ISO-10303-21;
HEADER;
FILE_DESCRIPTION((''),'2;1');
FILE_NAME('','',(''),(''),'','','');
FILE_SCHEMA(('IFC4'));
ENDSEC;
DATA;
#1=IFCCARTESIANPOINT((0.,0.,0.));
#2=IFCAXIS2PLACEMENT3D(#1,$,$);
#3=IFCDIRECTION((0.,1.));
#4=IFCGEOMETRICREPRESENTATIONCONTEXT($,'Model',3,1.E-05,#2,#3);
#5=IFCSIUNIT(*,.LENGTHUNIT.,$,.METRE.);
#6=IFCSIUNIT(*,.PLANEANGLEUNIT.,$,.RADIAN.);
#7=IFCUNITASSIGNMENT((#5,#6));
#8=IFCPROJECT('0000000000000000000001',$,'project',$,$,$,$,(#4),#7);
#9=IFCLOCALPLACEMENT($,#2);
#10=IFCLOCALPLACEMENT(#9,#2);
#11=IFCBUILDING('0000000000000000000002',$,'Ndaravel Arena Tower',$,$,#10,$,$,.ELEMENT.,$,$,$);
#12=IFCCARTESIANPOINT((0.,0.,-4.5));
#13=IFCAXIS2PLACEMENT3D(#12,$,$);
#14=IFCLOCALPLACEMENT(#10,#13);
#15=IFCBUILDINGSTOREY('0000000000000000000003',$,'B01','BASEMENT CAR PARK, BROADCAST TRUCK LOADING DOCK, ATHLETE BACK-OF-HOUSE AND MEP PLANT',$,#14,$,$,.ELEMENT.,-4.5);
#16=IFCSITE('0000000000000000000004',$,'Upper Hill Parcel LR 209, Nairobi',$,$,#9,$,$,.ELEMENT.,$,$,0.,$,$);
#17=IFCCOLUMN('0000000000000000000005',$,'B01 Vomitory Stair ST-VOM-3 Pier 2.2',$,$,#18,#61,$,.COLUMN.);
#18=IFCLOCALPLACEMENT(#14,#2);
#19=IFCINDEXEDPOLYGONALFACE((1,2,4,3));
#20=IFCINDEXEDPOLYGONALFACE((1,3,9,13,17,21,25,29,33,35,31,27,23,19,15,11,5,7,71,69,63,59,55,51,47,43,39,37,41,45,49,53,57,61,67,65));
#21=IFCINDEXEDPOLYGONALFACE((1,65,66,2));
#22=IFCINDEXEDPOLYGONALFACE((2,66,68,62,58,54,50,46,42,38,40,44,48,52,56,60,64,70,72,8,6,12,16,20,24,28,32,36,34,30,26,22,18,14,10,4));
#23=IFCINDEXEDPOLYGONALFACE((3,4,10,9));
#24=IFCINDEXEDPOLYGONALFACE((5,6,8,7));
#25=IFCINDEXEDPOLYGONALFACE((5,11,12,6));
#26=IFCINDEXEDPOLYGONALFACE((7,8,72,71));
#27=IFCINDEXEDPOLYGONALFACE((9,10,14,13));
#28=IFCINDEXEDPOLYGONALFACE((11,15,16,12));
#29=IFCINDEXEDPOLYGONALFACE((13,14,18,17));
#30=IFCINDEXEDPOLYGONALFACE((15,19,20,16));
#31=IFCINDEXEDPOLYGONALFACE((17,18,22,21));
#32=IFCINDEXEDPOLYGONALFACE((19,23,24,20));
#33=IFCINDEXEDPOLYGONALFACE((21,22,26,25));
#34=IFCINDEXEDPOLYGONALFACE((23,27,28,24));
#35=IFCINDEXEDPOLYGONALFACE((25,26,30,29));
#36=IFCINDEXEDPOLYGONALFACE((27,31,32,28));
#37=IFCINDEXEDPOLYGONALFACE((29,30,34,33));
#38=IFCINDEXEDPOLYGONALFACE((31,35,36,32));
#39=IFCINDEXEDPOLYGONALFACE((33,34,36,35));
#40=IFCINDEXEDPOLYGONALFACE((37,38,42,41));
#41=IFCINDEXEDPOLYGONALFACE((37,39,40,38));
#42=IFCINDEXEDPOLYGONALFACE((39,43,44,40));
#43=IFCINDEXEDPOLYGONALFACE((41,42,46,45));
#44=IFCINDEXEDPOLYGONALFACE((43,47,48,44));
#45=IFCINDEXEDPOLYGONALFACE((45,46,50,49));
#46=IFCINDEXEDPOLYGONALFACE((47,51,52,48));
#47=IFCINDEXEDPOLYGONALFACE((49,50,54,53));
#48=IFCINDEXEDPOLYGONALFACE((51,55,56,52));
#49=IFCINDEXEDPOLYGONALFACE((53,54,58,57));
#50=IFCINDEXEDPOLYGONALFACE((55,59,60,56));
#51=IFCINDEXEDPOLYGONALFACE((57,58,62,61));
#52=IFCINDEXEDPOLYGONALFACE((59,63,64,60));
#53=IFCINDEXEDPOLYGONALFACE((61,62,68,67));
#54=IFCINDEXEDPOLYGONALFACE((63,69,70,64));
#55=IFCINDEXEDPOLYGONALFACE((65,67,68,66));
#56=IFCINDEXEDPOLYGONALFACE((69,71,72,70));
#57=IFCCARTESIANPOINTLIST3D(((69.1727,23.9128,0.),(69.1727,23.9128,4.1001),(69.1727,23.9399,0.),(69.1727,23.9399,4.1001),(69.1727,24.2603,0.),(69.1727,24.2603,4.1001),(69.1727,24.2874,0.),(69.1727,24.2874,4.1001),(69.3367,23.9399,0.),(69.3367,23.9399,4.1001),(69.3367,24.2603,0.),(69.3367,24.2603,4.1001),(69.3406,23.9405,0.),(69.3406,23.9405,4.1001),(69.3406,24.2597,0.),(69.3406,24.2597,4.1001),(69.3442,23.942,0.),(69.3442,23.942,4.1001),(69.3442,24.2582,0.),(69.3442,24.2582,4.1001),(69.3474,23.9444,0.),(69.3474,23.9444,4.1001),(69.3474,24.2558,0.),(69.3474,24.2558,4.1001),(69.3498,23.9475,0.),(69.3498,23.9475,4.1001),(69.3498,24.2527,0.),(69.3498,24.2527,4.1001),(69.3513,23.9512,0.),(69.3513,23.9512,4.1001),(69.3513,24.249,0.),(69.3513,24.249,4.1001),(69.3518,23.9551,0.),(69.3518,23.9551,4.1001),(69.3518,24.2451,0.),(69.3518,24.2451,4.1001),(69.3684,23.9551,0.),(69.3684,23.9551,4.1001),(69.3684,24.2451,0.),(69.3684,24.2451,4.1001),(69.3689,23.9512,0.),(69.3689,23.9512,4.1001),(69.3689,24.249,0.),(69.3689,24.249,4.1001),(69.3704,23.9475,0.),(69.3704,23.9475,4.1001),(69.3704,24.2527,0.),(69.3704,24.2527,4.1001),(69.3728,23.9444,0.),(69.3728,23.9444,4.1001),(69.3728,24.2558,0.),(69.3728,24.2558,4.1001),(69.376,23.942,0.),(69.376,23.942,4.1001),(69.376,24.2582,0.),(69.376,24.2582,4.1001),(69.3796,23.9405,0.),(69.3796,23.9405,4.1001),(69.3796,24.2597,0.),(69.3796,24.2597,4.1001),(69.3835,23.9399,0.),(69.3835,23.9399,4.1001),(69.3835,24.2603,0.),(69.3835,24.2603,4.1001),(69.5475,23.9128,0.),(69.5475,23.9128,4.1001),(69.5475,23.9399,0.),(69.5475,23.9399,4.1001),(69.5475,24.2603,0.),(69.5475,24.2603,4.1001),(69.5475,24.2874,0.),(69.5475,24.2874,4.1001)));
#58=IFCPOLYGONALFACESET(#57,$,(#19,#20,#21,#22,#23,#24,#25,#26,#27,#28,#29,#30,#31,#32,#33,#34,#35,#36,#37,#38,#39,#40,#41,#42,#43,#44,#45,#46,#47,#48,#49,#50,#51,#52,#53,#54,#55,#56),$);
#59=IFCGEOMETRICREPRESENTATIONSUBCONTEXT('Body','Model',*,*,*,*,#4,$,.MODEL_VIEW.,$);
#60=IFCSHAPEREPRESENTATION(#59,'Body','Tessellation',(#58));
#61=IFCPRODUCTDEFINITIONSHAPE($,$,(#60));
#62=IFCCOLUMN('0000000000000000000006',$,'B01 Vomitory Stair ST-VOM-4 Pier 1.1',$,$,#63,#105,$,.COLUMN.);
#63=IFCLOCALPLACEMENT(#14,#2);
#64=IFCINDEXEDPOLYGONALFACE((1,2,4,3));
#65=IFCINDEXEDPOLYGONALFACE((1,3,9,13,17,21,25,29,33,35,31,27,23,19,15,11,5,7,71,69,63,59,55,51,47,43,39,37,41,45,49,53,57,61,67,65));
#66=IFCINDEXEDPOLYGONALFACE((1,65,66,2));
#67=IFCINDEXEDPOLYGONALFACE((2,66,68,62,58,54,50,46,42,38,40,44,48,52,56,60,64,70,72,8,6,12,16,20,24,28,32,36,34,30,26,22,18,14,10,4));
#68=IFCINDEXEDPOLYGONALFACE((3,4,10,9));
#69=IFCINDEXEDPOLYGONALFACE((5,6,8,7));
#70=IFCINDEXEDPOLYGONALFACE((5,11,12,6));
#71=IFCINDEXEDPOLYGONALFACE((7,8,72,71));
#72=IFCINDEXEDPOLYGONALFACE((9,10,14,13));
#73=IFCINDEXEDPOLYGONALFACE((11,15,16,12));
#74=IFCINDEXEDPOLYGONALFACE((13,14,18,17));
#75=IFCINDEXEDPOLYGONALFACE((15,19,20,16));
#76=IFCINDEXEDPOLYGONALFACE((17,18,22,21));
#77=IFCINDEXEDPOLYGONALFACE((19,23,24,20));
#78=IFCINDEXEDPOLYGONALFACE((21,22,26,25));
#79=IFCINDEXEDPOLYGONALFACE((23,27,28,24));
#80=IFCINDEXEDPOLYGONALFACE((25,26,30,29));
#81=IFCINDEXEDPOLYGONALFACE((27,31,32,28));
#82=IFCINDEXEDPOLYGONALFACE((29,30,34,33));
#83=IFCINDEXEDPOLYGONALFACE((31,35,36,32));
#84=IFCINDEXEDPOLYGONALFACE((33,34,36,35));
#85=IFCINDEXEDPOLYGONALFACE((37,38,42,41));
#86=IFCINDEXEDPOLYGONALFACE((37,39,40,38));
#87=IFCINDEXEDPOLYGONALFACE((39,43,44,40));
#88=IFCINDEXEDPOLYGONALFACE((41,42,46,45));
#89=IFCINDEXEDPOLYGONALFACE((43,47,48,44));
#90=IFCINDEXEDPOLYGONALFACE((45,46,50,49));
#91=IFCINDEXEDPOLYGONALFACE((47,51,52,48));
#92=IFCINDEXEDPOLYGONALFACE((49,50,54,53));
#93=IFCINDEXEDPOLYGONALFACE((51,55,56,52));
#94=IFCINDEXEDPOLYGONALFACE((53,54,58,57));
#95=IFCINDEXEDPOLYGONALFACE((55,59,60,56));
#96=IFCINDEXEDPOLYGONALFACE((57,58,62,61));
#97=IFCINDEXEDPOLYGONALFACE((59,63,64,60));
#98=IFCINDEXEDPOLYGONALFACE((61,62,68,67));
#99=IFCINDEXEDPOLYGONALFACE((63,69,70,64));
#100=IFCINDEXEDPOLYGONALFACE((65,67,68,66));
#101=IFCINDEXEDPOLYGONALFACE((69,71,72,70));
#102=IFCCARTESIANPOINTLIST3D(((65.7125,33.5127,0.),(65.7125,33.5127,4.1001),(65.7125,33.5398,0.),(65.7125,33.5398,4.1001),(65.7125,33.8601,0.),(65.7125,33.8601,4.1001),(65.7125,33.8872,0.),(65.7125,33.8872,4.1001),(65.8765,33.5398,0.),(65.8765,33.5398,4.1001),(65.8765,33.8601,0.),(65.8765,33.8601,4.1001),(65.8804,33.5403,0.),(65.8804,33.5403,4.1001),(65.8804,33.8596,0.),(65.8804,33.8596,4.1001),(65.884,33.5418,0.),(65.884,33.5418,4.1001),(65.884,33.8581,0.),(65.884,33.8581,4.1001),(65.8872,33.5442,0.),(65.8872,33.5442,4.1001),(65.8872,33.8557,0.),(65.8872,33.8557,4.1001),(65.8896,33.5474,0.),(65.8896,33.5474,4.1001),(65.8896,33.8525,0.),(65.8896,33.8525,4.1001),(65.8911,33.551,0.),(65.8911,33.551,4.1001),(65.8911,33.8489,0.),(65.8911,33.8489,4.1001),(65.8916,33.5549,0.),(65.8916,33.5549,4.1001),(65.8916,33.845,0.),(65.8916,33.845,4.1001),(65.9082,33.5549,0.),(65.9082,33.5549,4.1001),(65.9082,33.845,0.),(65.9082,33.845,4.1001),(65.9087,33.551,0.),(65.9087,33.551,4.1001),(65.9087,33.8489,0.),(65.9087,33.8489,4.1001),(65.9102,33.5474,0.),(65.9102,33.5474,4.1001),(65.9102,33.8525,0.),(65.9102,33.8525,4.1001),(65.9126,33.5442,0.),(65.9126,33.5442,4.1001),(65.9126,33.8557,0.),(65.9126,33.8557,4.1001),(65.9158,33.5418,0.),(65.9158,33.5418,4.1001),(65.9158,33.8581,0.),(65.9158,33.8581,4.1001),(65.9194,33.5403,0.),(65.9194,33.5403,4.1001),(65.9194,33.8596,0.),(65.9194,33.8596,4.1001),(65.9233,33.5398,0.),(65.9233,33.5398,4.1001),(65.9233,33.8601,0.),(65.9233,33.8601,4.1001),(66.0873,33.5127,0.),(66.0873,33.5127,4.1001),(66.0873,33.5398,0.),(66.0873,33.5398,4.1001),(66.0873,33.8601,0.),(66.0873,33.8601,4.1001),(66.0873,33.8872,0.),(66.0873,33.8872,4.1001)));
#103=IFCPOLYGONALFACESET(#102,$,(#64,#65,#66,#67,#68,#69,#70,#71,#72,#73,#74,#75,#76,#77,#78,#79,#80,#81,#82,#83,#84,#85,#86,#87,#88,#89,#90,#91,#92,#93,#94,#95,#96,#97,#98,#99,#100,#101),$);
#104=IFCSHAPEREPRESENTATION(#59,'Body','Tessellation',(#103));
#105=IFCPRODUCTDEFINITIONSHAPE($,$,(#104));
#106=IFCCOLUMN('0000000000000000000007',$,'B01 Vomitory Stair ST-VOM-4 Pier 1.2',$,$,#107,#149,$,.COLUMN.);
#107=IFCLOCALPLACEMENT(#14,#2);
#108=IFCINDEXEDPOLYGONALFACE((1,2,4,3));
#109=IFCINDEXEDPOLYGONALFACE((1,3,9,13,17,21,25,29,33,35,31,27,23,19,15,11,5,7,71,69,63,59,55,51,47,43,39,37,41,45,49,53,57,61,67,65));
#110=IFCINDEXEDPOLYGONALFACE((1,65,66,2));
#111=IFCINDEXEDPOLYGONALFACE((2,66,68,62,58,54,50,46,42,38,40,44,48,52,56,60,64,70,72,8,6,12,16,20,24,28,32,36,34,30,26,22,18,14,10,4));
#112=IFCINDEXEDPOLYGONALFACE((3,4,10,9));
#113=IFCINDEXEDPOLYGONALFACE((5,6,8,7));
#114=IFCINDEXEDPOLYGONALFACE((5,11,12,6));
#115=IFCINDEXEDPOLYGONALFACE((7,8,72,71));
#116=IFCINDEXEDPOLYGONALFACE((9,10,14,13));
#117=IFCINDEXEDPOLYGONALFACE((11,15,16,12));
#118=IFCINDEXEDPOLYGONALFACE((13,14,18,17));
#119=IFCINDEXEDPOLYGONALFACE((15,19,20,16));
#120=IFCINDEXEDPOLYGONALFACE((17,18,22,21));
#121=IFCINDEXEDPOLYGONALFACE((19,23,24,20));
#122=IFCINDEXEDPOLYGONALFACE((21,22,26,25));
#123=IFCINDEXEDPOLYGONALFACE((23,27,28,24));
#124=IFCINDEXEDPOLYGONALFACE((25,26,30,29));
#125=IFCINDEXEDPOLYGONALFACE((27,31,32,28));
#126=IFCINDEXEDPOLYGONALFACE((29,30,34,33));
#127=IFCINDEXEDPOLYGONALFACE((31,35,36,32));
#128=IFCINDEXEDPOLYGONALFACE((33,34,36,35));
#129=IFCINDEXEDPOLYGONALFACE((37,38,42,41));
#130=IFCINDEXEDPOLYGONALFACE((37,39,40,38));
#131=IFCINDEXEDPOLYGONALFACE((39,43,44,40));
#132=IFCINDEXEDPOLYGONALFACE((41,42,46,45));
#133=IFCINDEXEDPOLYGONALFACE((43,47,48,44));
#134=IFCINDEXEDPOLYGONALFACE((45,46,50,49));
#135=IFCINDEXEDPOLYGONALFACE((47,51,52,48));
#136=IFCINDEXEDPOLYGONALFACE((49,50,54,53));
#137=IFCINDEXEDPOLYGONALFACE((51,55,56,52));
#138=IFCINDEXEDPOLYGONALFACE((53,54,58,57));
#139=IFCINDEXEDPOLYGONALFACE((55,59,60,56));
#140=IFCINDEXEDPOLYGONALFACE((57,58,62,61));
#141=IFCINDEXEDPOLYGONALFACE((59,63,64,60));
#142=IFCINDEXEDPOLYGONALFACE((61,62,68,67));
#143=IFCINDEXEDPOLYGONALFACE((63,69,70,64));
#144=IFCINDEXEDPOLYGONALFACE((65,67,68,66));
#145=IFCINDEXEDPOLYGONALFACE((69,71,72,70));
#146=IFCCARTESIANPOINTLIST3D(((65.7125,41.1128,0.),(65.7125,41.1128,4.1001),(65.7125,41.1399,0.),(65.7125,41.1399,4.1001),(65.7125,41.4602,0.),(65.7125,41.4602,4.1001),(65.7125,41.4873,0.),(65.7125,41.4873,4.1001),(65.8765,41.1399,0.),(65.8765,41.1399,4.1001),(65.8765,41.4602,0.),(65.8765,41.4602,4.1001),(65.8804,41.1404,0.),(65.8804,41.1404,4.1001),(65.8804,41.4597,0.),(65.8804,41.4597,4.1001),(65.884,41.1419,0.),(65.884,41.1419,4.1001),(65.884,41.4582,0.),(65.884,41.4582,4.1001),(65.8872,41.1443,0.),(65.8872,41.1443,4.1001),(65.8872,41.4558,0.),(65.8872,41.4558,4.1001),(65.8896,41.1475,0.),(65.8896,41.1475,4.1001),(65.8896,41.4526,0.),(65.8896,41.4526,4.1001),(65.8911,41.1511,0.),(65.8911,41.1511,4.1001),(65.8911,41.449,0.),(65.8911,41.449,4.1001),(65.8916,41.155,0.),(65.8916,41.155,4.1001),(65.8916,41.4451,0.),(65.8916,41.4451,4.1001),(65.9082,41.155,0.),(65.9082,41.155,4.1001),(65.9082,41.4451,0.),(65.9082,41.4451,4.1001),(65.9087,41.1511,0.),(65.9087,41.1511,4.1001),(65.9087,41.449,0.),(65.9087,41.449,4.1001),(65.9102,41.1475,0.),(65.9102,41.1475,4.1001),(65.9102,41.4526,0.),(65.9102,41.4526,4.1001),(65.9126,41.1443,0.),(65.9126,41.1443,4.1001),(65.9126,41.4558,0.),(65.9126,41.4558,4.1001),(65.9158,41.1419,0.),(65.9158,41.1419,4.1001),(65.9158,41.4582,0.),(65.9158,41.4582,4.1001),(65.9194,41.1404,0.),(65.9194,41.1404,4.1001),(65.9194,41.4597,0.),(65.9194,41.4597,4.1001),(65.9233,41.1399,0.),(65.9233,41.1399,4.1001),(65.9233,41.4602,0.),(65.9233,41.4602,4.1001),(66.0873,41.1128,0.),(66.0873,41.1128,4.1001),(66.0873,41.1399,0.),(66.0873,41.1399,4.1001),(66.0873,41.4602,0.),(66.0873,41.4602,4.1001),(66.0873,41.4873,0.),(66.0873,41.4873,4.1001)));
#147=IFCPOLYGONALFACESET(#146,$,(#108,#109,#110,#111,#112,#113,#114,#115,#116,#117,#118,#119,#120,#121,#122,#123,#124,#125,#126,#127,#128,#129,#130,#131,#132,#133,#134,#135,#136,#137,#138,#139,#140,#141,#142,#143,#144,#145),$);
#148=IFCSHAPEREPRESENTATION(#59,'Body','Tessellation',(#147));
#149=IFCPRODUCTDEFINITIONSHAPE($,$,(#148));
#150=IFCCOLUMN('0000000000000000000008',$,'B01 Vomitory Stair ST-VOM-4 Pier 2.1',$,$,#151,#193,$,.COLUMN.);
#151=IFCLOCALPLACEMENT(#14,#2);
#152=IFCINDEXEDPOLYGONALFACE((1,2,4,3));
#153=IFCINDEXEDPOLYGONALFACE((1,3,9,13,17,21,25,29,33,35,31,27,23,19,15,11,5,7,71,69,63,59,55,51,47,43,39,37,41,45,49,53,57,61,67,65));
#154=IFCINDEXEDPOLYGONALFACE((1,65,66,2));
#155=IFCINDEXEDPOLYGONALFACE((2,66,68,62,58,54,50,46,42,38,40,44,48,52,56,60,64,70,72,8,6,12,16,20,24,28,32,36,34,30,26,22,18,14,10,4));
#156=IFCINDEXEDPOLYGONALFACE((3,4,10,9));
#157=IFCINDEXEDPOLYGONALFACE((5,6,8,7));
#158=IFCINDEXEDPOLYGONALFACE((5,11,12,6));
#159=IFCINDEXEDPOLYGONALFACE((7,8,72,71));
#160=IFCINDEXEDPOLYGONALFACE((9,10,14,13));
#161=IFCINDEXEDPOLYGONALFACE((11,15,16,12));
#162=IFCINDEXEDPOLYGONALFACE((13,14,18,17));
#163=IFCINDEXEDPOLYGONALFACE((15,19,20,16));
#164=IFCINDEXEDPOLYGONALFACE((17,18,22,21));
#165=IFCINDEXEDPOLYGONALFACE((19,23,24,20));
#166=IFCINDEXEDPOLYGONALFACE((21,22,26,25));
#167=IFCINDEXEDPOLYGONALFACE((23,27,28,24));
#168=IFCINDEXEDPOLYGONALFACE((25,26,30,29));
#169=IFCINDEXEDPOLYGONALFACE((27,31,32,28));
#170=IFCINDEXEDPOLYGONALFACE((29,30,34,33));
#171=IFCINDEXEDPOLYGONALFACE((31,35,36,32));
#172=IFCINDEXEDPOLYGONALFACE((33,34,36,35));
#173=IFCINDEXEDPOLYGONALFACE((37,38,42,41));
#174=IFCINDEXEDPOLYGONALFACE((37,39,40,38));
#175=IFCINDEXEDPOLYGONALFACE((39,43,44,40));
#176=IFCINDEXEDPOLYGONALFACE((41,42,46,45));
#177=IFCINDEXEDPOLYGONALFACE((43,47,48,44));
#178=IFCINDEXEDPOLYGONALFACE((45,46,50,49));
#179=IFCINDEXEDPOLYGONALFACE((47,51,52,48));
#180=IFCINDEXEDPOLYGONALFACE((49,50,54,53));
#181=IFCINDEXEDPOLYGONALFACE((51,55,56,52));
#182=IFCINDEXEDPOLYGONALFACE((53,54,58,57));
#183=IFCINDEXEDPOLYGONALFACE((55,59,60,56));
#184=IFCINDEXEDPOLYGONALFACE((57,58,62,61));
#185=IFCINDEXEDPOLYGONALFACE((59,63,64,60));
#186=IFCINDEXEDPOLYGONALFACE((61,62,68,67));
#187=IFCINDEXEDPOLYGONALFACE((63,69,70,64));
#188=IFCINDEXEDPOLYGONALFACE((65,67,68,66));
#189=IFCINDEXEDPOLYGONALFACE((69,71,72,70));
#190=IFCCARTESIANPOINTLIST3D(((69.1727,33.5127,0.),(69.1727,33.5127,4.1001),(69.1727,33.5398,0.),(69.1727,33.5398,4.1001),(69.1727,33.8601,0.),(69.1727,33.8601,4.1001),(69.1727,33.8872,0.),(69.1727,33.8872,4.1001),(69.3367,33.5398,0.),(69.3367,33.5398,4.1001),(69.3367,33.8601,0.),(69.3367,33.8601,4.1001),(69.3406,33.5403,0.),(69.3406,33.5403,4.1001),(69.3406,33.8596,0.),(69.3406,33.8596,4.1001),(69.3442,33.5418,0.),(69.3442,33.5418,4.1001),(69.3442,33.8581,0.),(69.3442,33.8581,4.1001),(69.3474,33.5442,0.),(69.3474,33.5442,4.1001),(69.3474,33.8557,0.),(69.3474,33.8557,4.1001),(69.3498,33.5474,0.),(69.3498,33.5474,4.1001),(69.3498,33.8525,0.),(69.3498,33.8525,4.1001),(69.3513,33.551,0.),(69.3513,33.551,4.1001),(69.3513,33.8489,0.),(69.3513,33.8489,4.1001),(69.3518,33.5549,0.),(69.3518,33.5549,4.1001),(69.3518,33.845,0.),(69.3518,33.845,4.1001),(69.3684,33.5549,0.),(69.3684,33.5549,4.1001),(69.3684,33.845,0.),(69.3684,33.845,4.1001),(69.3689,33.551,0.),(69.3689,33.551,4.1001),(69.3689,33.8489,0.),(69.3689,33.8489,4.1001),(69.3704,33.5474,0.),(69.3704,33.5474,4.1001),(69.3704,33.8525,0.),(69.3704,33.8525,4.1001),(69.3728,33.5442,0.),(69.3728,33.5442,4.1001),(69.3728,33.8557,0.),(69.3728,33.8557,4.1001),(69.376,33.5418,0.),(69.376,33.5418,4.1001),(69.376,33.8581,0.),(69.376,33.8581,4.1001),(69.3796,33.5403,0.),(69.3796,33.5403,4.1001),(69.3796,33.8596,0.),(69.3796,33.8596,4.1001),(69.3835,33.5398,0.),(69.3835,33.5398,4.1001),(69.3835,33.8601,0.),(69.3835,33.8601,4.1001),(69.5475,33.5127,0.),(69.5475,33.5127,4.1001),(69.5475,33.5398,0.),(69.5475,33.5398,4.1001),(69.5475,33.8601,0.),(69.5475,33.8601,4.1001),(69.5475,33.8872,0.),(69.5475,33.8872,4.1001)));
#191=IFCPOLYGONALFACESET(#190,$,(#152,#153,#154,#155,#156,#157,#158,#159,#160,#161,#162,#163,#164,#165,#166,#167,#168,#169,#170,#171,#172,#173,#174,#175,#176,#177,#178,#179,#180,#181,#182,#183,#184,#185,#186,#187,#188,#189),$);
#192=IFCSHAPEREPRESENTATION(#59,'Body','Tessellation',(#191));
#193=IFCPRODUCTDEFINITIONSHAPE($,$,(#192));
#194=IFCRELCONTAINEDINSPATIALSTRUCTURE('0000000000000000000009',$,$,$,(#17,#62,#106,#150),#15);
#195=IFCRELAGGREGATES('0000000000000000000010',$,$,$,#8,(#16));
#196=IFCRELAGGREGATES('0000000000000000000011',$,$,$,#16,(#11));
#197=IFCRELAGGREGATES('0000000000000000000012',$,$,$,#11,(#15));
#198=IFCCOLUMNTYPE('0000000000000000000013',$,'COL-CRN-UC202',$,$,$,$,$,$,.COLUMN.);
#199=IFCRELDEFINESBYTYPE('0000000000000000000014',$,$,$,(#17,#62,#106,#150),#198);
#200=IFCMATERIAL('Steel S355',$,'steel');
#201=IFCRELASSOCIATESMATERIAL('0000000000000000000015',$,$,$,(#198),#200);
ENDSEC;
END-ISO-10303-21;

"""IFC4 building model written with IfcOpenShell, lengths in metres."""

from ifc_helpers import new_model, si_unit, direction, frame, origin, origin_2d, place, context, subcontext, project, spatial, i_section, extrude, material, material_profile, profile_set, type_object, element, save


model = new_model("IFC4")

# Units and contexts
model_context = context("Model", 3, precision=1e-05, world=origin(), true_north=direction((0.0, 1.0)))
body_context = subcontext(model_context, "Body", "Model", "MODEL_VIEW")
ifc_project = project(units=[si_unit("LENGTHUNIT", "METRE"), si_unit("PLANEANGLEUNIT", "RADIAN")], contexts=[model_context])

# Site, building, storey
site_placement = place(None, origin())
site = spatial("IfcSite", under=ifc_project, at=site_placement, Name="Upper Hill Parcel LR 209, Nairobi", CompositionType="ELEMENT", RefElevation=0.0)
building_placement = place(site_placement, origin())
building = spatial("IfcBuilding", under=site, at=building_placement, Name="Ndaravel Arena Tower", CompositionType="ELEMENT")
storey_placement = place(building_placement, frame((0.0, 0.0, -4.5)))
storey = spatial("IfcBuildingStorey", under=building, at=storey_placement, Name="B01", Description="BASEMENT CAR PARK, BROADCAST TRUCK LOADING DOCK, ATHLETE BACK-OF-HOUSE AND MEP PLANT", CompositionType="ELEMENT", Elevation=-4.5)

# Columns
ifc_material_1 = material(Name="Steel S355", Category="steel")
ifc_material_profile_1 = material_profile(ifc_material_1, i_section(OverallWidth=0.3748, OverallDepth=0.3745, WebThickness=0.0166, FlangeThickness=0.0271, FilletRadius=0.0151, at=origin_2d()), Name="UC 356x368x202")
ifc_profile_set_1 = profile_set([ifc_material_profile_1], Name="Steel S355")
column_type_1 = type_object("IfcColumnType", Name="COL-CRN-UC202", PredefinedType="COLUMN", material=ifc_profile_set_1)
for number, where, z_axis, x_axis, name in (
    (1, (69.3601, 24.1001, 0.0), (0.0, 0.0, 1.0), (1.0, 0.0, 0.0), "B01 Vomitory Stair ST-VOM-3 Pier 2.2"),
    (2, (65.8999, 33.7, 0.0), (0.0, 0.0, 1.0), (1.0, 0.0, 0.0), "B01 Vomitory Stair ST-VOM-4 Pier 1.1"),
    (3, (65.8999, 41.3, 0.0), (0.0, 0.0, 1.0), (1.0, 0.0, 0.0), "B01 Vomitory Stair ST-VOM-4 Pier 1.2"),
    (4, (69.3601, 33.7, 0.0), (0.0, 0.0, 1.0), (1.0, 0.0, 0.0), "B01 Vomitory Stair ST-VOM-4 Pier 2.1"),
):
    element("IfcColumn", number, at=place(storey_placement, frame(where, z_axis=z_axis, x_axis=x_axis)), inside=storey, type_object=column_type_1, Name=name, PredefinedType="COLUMN", context=body_context, shape_type="SweptSolid", body=[
        extrude(i_section(OverallWidth=0.3748, OverallDepth=0.3745, WebThickness=0.0166, FlangeThickness=0.0271, FilletRadius=0.0151, at=origin_2d()), origin(), (0.0, 0.0, 1.0), 4.1001),
    ])

save(model, "model.ifc")
